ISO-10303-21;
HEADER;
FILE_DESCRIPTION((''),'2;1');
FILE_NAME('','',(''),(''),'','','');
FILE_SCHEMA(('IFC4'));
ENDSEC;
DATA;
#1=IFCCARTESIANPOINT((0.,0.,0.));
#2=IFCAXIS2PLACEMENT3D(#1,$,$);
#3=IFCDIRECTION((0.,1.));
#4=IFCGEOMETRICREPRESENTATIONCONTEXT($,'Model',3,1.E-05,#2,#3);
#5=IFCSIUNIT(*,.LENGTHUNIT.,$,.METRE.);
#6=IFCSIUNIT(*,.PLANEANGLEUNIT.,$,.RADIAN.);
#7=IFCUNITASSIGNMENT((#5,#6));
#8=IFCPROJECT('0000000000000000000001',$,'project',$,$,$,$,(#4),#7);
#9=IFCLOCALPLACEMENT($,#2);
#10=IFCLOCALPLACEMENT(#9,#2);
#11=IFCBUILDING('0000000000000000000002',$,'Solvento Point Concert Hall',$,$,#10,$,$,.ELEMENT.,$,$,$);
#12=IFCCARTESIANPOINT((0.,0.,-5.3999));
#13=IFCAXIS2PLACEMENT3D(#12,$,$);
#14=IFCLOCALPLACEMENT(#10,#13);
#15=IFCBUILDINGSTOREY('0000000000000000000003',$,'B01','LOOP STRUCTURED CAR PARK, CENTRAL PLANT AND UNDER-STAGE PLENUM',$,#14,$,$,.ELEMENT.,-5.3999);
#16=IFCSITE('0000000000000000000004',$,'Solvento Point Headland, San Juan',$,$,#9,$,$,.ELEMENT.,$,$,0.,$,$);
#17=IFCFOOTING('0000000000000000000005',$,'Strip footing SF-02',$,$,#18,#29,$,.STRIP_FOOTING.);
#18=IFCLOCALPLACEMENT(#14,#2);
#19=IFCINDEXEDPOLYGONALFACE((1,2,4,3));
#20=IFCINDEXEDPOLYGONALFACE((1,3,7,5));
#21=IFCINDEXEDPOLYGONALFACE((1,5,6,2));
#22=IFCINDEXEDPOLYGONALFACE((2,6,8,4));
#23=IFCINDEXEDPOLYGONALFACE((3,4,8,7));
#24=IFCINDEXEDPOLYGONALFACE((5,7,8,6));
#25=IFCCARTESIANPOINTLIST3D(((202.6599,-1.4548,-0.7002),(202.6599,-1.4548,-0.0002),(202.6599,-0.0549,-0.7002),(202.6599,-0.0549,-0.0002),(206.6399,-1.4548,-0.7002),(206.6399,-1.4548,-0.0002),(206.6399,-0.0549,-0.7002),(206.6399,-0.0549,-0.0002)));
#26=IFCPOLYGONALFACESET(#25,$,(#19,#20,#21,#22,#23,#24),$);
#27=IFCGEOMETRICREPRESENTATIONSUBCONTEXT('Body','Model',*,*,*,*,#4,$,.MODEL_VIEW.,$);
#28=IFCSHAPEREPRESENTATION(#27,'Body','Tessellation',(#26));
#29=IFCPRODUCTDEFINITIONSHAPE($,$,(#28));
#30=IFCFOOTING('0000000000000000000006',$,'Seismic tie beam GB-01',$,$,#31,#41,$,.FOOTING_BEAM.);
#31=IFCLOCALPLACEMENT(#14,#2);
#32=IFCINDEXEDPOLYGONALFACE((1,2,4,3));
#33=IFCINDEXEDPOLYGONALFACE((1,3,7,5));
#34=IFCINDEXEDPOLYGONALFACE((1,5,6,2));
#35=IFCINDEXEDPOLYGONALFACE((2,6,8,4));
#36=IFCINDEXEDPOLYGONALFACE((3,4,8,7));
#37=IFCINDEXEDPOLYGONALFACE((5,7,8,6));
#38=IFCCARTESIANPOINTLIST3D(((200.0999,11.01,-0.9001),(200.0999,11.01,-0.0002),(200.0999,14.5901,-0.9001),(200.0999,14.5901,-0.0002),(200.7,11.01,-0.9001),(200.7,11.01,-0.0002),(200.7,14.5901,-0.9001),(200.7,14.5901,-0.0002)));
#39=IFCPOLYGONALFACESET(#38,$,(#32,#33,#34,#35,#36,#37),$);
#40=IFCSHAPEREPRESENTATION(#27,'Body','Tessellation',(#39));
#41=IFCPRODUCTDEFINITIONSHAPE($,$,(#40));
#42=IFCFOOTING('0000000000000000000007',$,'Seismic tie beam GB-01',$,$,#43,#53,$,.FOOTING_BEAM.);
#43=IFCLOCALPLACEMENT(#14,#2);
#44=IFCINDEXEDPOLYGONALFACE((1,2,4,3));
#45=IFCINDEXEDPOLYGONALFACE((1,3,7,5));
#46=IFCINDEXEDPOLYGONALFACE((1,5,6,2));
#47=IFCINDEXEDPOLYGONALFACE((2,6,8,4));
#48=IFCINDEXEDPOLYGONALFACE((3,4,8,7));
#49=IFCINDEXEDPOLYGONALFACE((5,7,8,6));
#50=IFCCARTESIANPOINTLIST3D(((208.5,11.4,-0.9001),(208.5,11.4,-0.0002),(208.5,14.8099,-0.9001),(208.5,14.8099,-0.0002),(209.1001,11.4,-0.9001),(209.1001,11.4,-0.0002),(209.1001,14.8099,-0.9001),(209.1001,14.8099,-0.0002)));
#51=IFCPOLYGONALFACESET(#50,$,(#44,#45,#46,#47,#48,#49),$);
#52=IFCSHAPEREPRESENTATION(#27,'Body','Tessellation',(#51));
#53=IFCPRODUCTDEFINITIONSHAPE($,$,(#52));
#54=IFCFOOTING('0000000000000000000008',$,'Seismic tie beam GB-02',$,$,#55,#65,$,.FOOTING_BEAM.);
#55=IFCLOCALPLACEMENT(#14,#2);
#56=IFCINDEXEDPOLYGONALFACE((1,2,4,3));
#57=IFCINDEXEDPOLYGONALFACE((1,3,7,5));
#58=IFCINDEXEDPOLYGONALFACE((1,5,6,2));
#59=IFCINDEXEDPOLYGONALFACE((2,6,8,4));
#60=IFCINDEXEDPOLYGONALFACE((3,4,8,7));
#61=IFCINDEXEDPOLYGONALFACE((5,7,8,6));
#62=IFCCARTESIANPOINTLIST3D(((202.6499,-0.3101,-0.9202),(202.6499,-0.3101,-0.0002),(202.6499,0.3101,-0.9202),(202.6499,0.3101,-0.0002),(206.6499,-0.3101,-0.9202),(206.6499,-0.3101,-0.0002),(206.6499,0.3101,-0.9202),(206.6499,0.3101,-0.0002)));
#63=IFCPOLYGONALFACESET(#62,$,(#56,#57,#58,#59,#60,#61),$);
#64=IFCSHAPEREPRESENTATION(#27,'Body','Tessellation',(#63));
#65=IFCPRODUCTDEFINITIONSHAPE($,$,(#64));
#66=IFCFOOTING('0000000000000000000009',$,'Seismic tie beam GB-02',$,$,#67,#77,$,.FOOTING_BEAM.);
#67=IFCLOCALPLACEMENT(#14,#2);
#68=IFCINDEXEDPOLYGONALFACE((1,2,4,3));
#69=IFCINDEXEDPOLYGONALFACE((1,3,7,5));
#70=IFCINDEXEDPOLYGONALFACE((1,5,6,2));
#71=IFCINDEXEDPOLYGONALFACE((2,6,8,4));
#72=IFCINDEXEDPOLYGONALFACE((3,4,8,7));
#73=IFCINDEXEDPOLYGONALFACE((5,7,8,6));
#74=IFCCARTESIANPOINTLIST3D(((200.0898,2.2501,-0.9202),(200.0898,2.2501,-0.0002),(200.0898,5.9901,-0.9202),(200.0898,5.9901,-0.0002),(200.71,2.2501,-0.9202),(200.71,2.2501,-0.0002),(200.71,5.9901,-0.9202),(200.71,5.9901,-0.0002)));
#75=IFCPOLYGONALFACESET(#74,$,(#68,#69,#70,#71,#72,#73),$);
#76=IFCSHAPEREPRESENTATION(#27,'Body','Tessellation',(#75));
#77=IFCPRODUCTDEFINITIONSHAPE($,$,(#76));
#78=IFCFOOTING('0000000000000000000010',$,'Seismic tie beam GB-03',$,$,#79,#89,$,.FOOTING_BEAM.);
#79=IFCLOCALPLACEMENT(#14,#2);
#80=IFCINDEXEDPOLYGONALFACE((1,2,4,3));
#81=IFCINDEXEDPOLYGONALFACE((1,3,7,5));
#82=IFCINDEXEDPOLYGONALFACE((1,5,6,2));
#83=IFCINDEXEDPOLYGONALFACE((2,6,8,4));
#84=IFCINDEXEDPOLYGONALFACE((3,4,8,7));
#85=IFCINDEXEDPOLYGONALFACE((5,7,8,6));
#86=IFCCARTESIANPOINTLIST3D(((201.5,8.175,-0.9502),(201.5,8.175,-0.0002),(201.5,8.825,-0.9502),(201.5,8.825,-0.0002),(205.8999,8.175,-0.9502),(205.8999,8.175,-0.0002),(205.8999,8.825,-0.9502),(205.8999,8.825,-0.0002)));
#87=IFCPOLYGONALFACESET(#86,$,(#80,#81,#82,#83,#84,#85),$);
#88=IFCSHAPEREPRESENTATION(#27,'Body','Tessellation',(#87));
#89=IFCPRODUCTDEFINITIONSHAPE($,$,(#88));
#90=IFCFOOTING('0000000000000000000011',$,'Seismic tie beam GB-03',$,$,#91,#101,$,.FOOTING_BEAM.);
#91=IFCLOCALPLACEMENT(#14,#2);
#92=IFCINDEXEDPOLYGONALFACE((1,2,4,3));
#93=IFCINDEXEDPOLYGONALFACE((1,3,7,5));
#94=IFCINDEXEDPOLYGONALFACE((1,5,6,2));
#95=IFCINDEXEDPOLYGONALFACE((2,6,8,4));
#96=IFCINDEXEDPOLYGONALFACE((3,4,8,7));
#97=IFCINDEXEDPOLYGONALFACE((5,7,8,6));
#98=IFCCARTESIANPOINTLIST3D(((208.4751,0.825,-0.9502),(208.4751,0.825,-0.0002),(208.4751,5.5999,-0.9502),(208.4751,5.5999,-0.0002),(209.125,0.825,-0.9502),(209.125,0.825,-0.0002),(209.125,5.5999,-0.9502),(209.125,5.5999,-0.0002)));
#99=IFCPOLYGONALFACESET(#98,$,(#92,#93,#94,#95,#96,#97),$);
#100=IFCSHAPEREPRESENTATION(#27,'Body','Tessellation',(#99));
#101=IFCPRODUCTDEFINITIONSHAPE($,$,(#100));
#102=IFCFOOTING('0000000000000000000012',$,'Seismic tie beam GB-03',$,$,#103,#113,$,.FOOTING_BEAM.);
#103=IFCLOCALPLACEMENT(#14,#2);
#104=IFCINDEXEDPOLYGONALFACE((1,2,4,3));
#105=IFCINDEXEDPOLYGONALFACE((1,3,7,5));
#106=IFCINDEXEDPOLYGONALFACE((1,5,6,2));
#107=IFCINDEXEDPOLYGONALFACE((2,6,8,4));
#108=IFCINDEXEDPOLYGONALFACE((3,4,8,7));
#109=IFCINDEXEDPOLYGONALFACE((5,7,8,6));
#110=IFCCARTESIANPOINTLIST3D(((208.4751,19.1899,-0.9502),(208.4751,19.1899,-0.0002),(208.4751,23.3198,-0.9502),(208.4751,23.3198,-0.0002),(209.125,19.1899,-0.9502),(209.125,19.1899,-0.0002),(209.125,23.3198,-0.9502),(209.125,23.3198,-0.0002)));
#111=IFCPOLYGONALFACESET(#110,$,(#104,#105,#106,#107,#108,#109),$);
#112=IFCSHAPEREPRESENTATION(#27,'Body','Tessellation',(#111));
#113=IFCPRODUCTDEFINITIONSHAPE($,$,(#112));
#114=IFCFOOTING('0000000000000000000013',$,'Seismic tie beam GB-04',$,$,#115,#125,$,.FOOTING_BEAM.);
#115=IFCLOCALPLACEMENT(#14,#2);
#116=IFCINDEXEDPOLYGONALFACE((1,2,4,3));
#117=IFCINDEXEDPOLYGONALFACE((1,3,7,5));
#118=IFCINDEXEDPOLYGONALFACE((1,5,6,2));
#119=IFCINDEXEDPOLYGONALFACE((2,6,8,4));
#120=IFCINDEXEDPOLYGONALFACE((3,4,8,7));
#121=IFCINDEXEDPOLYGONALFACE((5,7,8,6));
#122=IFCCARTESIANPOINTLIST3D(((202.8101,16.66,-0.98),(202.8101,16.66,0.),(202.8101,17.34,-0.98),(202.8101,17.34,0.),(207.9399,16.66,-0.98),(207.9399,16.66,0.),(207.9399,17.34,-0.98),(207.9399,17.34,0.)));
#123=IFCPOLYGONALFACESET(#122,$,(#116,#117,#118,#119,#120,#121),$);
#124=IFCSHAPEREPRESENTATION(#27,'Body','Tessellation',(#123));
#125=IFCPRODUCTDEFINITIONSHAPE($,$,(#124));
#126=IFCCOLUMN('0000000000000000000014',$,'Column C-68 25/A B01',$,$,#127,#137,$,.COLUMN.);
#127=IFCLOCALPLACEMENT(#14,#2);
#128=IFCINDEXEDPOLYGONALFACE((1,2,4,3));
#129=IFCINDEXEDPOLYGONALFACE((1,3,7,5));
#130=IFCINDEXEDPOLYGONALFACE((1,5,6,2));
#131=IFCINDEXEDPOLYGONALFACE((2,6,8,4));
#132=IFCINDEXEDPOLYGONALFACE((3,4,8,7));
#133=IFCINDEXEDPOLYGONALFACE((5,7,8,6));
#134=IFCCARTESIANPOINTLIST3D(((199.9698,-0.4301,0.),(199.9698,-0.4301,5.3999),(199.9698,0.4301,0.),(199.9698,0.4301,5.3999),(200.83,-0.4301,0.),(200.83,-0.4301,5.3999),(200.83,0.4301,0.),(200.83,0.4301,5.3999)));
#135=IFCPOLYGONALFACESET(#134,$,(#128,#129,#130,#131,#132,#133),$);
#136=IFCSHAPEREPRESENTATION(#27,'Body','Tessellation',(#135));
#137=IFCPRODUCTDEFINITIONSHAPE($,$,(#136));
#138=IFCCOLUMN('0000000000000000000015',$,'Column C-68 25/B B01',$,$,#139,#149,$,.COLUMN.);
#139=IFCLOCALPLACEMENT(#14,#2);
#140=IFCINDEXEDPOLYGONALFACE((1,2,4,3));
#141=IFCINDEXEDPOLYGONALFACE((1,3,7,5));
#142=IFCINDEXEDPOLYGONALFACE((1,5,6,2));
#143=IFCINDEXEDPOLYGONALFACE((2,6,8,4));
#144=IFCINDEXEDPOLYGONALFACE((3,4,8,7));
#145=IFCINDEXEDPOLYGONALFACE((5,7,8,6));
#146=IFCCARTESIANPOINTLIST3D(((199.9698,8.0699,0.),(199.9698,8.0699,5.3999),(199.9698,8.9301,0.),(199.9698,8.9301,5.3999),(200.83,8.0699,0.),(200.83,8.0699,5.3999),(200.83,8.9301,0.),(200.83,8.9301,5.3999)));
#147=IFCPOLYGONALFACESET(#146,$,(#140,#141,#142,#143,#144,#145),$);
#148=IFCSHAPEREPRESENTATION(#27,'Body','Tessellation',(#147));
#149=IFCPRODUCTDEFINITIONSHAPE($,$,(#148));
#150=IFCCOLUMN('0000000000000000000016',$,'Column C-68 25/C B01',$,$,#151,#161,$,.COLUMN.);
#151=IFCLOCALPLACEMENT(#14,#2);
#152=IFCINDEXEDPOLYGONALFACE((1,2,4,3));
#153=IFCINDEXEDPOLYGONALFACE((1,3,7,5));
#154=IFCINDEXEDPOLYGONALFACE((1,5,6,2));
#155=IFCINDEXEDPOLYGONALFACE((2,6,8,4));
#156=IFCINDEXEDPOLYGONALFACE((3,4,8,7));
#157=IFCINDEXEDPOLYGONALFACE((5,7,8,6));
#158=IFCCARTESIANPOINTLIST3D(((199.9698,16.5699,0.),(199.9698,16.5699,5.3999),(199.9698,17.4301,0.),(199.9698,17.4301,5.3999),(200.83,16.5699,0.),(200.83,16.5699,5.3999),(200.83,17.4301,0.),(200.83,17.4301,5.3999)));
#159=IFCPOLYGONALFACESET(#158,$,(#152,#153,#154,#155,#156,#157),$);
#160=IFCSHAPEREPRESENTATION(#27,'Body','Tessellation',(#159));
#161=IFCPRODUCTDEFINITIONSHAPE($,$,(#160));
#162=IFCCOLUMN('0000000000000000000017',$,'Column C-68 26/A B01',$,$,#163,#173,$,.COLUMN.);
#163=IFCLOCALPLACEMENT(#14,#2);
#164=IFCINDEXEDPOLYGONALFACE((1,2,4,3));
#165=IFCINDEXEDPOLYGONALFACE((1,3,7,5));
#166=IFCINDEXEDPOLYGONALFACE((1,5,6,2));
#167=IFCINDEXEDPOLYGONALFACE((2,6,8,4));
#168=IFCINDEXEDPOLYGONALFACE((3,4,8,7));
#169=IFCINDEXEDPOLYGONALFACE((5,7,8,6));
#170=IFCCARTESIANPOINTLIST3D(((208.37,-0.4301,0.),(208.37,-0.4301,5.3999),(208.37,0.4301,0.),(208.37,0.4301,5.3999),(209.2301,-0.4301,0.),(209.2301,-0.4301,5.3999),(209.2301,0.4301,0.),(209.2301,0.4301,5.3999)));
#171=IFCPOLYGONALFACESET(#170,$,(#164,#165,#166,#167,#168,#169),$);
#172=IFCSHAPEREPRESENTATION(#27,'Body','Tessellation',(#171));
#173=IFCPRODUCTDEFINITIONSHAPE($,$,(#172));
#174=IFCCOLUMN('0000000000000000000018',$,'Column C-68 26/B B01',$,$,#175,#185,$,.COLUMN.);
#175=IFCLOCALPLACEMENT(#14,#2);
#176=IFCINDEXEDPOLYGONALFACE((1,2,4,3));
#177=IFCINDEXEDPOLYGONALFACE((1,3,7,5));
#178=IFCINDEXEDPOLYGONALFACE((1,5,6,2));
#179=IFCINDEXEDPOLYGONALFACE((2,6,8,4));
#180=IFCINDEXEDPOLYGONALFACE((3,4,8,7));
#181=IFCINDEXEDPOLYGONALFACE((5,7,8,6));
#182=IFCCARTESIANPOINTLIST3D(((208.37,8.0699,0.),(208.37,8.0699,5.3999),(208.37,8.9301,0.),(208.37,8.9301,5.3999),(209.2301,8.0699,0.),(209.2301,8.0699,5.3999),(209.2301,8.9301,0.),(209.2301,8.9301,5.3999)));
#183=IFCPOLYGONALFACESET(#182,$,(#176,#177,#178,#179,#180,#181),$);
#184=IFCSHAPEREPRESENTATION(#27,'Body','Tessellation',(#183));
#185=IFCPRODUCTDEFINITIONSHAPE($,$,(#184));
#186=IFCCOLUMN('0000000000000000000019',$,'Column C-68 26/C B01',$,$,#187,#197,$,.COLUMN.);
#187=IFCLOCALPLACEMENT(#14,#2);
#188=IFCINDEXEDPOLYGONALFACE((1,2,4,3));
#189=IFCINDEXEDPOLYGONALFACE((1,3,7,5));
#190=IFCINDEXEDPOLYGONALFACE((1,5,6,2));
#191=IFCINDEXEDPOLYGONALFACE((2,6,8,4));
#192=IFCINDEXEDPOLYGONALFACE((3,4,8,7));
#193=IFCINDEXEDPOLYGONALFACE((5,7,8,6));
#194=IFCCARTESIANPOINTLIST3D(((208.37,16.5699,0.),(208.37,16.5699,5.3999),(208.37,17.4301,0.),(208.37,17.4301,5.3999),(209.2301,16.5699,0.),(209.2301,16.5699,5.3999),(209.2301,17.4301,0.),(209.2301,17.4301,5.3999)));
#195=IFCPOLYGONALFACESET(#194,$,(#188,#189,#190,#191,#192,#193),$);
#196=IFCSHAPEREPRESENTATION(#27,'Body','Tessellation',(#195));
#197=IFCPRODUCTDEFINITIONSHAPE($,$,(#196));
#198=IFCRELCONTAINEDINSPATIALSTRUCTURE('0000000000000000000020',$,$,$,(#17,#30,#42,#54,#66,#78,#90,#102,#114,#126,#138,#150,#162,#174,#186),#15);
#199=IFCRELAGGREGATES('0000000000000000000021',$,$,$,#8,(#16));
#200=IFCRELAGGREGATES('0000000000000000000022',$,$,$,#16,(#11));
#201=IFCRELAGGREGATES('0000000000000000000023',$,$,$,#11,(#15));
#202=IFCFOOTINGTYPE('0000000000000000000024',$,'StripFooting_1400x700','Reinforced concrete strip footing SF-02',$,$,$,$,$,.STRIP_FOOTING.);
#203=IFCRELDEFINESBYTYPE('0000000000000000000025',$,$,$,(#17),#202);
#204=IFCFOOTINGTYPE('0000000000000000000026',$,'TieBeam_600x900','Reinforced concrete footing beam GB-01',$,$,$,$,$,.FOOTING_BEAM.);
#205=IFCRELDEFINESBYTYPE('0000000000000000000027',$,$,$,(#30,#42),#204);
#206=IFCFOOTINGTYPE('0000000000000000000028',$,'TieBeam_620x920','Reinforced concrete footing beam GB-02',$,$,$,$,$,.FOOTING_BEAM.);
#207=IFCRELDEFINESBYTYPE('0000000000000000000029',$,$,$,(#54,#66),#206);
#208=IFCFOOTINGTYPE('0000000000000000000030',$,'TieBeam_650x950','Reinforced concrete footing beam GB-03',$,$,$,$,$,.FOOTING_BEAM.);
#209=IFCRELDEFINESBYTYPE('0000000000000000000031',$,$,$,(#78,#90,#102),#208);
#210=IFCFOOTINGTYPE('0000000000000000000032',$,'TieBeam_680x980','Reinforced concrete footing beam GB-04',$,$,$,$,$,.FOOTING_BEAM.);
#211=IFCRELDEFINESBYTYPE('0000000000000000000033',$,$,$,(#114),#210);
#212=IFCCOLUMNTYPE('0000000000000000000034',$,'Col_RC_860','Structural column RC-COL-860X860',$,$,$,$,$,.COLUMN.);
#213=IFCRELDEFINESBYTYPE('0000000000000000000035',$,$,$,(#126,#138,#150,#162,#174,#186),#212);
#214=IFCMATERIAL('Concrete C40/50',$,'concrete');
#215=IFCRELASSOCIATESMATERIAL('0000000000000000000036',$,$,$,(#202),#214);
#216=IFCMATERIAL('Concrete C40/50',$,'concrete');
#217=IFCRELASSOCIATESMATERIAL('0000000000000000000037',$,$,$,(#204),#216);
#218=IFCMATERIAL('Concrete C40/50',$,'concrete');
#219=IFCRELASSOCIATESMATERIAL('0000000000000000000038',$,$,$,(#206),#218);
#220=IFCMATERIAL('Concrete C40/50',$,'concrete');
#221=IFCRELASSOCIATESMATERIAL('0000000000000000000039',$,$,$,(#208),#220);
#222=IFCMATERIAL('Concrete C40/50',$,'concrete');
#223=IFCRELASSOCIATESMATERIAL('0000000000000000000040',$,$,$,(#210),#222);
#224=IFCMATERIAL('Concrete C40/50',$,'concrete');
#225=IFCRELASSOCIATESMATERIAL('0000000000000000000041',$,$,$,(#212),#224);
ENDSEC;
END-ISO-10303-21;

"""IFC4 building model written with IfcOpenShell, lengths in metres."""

from ifc_helpers import new_model, si_unit, direction, frame, origin, origin_2d, place, context, subcontext, project, spatial, rectangle, extrude, material, material_profile, profile_set, type_object, element, save


model = new_model("IFC4")

# Units and contexts
model_context = context("Model", 3, precision=1e-05, world=origin(), true_north=direction((0.0, 1.0)))
body_context = subcontext(model_context, "Body", "Model", "MODEL_VIEW")
ifc_project = project(units=[si_unit("LENGTHUNIT", "METRE"), si_unit("PLANEANGLEUNIT", "RADIAN")], contexts=[model_context])

# Site, building, storey
site_placement = place(None, origin())
site = spatial("IfcSite", under=ifc_project, at=site_placement, Name="Solvento Point Headland, San Juan", CompositionType="ELEMENT", RefElevation=0.0)
building_placement = place(site_placement, origin())
building = spatial("IfcBuilding", under=site, at=building_placement, Name="Solvento Point Concert Hall", CompositionType="ELEMENT")
storey_placement = place(building_placement, frame((0.0, 0.0, -5.3999)))
storey = spatial("IfcBuildingStorey", under=building, at=storey_placement, Name="B01", Description="LOOP STRUCTURED CAR PARK, CENTRAL PLANT AND UNDER-STAGE PLENUM", CompositionType="ELEMENT", Elevation=-5.3999)

# Footings
ifc_material_1 = material(Name="Concrete C40/50", Category="concrete")
footing_type_1 = type_object("IfcFootingType", Name="StripFooting_1400x700", Description="Reinforced concrete strip footing SF-02", PredefinedType="STRIP_FOOTING", material=ifc_material_1)
footing_1_placement = place(storey_placement, frame((204.6499, -0.7549, -0.7002), z_axis=(0.0, 0.0, 1.0), x_axis=(-1.0, 0.0, 0.0)))
element("IfcFooting", 1, at=footing_1_placement, inside=storey, type_object=footing_type_1, Name="Strip footing SF-02", PredefinedType="STRIP_FOOTING", context=body_context, shape_type="SweptSolid", body=[
    extrude(rectangle(XDim=3.98, YDim=1.3999, at=origin_2d()), origin(), (0.0, 0.0, 1.0), 0.7),
])
ifc_material_2 = material(Name="Concrete C40/50", Category="concrete")
footing_type_2 = type_object("IfcFootingType", Name="TieBeam_600x900", Description="Reinforced concrete footing beam GB-01", PredefinedType="FOOTING_BEAM", material=ifc_material_2)
footing_2_placement = place(storey_placement, frame((200.3999, 12.8, -0.9001), z_axis=(0.0, 0.0, 1.0), x_axis=(0.0, 1.0, 0.0)))
element("IfcFooting", 2, at=footing_2_placement, inside=storey, type_object=footing_type_2, Name="Seismic tie beam GB-01", PredefinedType="FOOTING_BEAM", context=body_context, shape_type="SweptSolid", body=[
    extrude(rectangle(XDim=3.5801, YDim=0.6001, at=origin_2d()), origin(), (0.0, 0.0, 1.0), 0.8999),
])
footing_3_placement = place(storey_placement, frame((208.8, 13.105, -0.9001), z_axis=(0.0, 0.0, 1.0), x_axis=(0.0, 1.0, 0.0)))
element("IfcFooting", 3, at=footing_3_placement, inside=storey, type_object=footing_type_2, Name="Seismic tie beam GB-01", PredefinedType="FOOTING_BEAM", context=body_context, shape_type="SweptSolid", body=[
    extrude(rectangle(XDim=3.4099, YDim=0.6001, at=origin_2d()), origin(), (0.0, 0.0, 1.0), 0.8999),
])
ifc_material_3 = material(Name="Concrete C40/50", Category="concrete")
footing_type_3 = type_object("IfcFootingType", Name="TieBeam_620x920", Description="Reinforced concrete footing beam GB-02", PredefinedType="FOOTING_BEAM", material=ifc_material_3)
footing_4_placement = place(storey_placement, frame((204.6499, 0.0, -0.9202), z_axis=(0.0, 0.0, 1.0), x_axis=(1.0, 0.0, 0.0)))
element("IfcFooting", 4, at=footing_4_placement, inside=storey, type_object=footing_type_3, Name="Seismic tie beam GB-02", PredefinedType="FOOTING_BEAM", context=body_context, shape_type="SweptSolid", body=[
    extrude(rectangle(XDim=4.0, YDim=0.6201, at=origin_2d()), origin(), (0.0, 0.0, 1.0), 0.9199),
])
footing_5_placement = place(storey_placement, frame((200.3999, 4.1201, -0.9202), z_axis=(0.0, 0.0, 1.0), x_axis=(0.0, 1.0, 0.0)))
element("IfcFooting", 5, at=footing_5_placement, inside=storey, type_object=footing_type_3, Name="Seismic tie beam GB-02", PredefinedType="FOOTING_BEAM", context=body_context, shape_type="SweptSolid", body=[
    extrude(rectangle(XDim=3.74, YDim=0.6201, at=origin_2d()), origin(), (0.0, 0.0, 1.0), 0.9199),
])
ifc_material_4 = material(Name="Concrete C40/50", Category="concrete")
footing_type_4 = type_object("IfcFootingType", Name="TieBeam_650x950", Description="Reinforced concrete footing beam GB-03", PredefinedType="FOOTING_BEAM", material=ifc_material_4)
footing_6_placement = place(storey_placement, frame((203.7, 8.5, -0.9502), z_axis=(0.0, 0.0, 1.0), x_axis=(1.0, 0.0, 0.0)))
element("IfcFooting", 6, at=footing_6_placement, inside=storey, type_object=footing_type_4, Name="Seismic tie beam GB-03", PredefinedType="FOOTING_BEAM", context=body_context, shape_type="SweptSolid", body=[
    extrude(rectangle(XDim=4.3999, YDim=0.6499, at=origin_2d()), origin(), (0.0, 0.0, 1.0), 0.95),
])
footing_7_placement = place(storey_placement, frame((208.8, 3.2124, -0.9502), z_axis=(0.0, 0.0, 1.0), x_axis=(0.0, 1.0, 0.0)))
element("IfcFooting", 7, at=footing_7_placement, inside=storey, type_object=footing_type_4, Name="Seismic tie beam GB-03", PredefinedType="FOOTING_BEAM", context=body_context, shape_type="SweptSolid", body=[
    extrude(rectangle(XDim=4.7749, YDim=0.6499, at=origin_2d()), origin(), (0.0, 0.0, 1.0), 0.95),
])
footing_8_placement = place(storey_placement, frame((208.8, 21.2549, -0.9502), z_axis=(0.0, 0.0, 1.0), x_axis=(0.0, 1.0, 0.0)))
element("IfcFooting", 8, at=footing_8_placement, inside=storey, type_object=footing_type_4, Name="Seismic tie beam GB-03", PredefinedType="FOOTING_BEAM", context=body_context, shape_type="SweptSolid", body=[
    extrude(rectangle(XDim=4.1299, YDim=0.6499, at=origin_2d()), origin(), (0.0, 0.0, 1.0), 0.95),
])
ifc_material_5 = material(Name="Concrete C40/50", Category="concrete")
footing_type_5 = type_object("IfcFootingType", Name="TieBeam_680x980", Description="Reinforced concrete footing beam GB-04", PredefinedType="FOOTING_BEAM", material=ifc_material_5)
footing_9_placement = place(storey_placement, frame((205.375, 17.0, -0.98), z_axis=(0.0, 0.0, 1.0), x_axis=(1.0, 0.0, 0.0)))
element("IfcFooting", 9, at=footing_9_placement, inside=storey, type_object=footing_type_5, Name="Seismic tie beam GB-04", PredefinedType="FOOTING_BEAM", context=body_context, shape_type="SweptSolid", body=[
    extrude(rectangle(XDim=5.1299, YDim=0.6799, at=origin_2d()), origin(), (0.0, 0.0, 1.0), 0.98),
])

# Columns
ifc_material_6 = material(Name="Concrete C40/50", Category="concrete")
ifc_material_profile_1 = material_profile(ifc_material_6, rectangle(XDim=0.8601, YDim=0.8601, at=origin_2d()), Name="RC-COL-860X860")
ifc_profile_set_1 = profile_set([ifc_material_profile_1], Name="Concrete C40/50")
column_type = type_object("IfcColumnType", Name="Col_RC_860", Description="Structural column RC-COL-860X860", PredefinedType="COLUMN", material=ifc_profile_set_1)
for number, where, z_axis, x_axis, name in (
    (10, (200.3999, 0.0, 0.0), (0.0, 0.0, 1.0), (1.0, 0.0, 0.0), "Column C-68 25/A B01"),
    (11, (200.3999, 8.5, 0.0), (0.0, 0.0, 1.0), (1.0, 0.0, 0.0), "Column C-68 25/B B01"),
    (12, (200.3999, 17.0, 0.0), (0.0, 0.0, 1.0), (1.0, 0.0, 0.0), "Column C-68 25/C B01"),
    (13, (208.8, 0.0, 0.0), (0.0, 0.0, 1.0), (1.0, 0.0, 0.0), "Column C-68 26/A B01"),
    (14, (208.8, 8.5, 0.0), (0.0, 0.0, 1.0), (1.0, 0.0, 0.0), "Column C-68 26/B B01"),
    (15, (208.8, 17.0, 0.0), (0.0, 0.0, 1.0), (1.0, 0.0, 0.0), "Column C-68 26/C B01"),
):
    element("IfcColumn", number, at=place(storey_placement, frame(where, z_axis=z_axis, x_axis=x_axis)), inside=storey, type_object=column_type, Name=name, PredefinedType="COLUMN", context=body_context, shape_type="SweptSolid", body=[
        extrude(rectangle(XDim=0.8601, YDim=0.8601, at=origin_2d()), origin(), (0.0, 0.0, 1.0), 5.3999),
    ])

save(model, "model.ifc")
